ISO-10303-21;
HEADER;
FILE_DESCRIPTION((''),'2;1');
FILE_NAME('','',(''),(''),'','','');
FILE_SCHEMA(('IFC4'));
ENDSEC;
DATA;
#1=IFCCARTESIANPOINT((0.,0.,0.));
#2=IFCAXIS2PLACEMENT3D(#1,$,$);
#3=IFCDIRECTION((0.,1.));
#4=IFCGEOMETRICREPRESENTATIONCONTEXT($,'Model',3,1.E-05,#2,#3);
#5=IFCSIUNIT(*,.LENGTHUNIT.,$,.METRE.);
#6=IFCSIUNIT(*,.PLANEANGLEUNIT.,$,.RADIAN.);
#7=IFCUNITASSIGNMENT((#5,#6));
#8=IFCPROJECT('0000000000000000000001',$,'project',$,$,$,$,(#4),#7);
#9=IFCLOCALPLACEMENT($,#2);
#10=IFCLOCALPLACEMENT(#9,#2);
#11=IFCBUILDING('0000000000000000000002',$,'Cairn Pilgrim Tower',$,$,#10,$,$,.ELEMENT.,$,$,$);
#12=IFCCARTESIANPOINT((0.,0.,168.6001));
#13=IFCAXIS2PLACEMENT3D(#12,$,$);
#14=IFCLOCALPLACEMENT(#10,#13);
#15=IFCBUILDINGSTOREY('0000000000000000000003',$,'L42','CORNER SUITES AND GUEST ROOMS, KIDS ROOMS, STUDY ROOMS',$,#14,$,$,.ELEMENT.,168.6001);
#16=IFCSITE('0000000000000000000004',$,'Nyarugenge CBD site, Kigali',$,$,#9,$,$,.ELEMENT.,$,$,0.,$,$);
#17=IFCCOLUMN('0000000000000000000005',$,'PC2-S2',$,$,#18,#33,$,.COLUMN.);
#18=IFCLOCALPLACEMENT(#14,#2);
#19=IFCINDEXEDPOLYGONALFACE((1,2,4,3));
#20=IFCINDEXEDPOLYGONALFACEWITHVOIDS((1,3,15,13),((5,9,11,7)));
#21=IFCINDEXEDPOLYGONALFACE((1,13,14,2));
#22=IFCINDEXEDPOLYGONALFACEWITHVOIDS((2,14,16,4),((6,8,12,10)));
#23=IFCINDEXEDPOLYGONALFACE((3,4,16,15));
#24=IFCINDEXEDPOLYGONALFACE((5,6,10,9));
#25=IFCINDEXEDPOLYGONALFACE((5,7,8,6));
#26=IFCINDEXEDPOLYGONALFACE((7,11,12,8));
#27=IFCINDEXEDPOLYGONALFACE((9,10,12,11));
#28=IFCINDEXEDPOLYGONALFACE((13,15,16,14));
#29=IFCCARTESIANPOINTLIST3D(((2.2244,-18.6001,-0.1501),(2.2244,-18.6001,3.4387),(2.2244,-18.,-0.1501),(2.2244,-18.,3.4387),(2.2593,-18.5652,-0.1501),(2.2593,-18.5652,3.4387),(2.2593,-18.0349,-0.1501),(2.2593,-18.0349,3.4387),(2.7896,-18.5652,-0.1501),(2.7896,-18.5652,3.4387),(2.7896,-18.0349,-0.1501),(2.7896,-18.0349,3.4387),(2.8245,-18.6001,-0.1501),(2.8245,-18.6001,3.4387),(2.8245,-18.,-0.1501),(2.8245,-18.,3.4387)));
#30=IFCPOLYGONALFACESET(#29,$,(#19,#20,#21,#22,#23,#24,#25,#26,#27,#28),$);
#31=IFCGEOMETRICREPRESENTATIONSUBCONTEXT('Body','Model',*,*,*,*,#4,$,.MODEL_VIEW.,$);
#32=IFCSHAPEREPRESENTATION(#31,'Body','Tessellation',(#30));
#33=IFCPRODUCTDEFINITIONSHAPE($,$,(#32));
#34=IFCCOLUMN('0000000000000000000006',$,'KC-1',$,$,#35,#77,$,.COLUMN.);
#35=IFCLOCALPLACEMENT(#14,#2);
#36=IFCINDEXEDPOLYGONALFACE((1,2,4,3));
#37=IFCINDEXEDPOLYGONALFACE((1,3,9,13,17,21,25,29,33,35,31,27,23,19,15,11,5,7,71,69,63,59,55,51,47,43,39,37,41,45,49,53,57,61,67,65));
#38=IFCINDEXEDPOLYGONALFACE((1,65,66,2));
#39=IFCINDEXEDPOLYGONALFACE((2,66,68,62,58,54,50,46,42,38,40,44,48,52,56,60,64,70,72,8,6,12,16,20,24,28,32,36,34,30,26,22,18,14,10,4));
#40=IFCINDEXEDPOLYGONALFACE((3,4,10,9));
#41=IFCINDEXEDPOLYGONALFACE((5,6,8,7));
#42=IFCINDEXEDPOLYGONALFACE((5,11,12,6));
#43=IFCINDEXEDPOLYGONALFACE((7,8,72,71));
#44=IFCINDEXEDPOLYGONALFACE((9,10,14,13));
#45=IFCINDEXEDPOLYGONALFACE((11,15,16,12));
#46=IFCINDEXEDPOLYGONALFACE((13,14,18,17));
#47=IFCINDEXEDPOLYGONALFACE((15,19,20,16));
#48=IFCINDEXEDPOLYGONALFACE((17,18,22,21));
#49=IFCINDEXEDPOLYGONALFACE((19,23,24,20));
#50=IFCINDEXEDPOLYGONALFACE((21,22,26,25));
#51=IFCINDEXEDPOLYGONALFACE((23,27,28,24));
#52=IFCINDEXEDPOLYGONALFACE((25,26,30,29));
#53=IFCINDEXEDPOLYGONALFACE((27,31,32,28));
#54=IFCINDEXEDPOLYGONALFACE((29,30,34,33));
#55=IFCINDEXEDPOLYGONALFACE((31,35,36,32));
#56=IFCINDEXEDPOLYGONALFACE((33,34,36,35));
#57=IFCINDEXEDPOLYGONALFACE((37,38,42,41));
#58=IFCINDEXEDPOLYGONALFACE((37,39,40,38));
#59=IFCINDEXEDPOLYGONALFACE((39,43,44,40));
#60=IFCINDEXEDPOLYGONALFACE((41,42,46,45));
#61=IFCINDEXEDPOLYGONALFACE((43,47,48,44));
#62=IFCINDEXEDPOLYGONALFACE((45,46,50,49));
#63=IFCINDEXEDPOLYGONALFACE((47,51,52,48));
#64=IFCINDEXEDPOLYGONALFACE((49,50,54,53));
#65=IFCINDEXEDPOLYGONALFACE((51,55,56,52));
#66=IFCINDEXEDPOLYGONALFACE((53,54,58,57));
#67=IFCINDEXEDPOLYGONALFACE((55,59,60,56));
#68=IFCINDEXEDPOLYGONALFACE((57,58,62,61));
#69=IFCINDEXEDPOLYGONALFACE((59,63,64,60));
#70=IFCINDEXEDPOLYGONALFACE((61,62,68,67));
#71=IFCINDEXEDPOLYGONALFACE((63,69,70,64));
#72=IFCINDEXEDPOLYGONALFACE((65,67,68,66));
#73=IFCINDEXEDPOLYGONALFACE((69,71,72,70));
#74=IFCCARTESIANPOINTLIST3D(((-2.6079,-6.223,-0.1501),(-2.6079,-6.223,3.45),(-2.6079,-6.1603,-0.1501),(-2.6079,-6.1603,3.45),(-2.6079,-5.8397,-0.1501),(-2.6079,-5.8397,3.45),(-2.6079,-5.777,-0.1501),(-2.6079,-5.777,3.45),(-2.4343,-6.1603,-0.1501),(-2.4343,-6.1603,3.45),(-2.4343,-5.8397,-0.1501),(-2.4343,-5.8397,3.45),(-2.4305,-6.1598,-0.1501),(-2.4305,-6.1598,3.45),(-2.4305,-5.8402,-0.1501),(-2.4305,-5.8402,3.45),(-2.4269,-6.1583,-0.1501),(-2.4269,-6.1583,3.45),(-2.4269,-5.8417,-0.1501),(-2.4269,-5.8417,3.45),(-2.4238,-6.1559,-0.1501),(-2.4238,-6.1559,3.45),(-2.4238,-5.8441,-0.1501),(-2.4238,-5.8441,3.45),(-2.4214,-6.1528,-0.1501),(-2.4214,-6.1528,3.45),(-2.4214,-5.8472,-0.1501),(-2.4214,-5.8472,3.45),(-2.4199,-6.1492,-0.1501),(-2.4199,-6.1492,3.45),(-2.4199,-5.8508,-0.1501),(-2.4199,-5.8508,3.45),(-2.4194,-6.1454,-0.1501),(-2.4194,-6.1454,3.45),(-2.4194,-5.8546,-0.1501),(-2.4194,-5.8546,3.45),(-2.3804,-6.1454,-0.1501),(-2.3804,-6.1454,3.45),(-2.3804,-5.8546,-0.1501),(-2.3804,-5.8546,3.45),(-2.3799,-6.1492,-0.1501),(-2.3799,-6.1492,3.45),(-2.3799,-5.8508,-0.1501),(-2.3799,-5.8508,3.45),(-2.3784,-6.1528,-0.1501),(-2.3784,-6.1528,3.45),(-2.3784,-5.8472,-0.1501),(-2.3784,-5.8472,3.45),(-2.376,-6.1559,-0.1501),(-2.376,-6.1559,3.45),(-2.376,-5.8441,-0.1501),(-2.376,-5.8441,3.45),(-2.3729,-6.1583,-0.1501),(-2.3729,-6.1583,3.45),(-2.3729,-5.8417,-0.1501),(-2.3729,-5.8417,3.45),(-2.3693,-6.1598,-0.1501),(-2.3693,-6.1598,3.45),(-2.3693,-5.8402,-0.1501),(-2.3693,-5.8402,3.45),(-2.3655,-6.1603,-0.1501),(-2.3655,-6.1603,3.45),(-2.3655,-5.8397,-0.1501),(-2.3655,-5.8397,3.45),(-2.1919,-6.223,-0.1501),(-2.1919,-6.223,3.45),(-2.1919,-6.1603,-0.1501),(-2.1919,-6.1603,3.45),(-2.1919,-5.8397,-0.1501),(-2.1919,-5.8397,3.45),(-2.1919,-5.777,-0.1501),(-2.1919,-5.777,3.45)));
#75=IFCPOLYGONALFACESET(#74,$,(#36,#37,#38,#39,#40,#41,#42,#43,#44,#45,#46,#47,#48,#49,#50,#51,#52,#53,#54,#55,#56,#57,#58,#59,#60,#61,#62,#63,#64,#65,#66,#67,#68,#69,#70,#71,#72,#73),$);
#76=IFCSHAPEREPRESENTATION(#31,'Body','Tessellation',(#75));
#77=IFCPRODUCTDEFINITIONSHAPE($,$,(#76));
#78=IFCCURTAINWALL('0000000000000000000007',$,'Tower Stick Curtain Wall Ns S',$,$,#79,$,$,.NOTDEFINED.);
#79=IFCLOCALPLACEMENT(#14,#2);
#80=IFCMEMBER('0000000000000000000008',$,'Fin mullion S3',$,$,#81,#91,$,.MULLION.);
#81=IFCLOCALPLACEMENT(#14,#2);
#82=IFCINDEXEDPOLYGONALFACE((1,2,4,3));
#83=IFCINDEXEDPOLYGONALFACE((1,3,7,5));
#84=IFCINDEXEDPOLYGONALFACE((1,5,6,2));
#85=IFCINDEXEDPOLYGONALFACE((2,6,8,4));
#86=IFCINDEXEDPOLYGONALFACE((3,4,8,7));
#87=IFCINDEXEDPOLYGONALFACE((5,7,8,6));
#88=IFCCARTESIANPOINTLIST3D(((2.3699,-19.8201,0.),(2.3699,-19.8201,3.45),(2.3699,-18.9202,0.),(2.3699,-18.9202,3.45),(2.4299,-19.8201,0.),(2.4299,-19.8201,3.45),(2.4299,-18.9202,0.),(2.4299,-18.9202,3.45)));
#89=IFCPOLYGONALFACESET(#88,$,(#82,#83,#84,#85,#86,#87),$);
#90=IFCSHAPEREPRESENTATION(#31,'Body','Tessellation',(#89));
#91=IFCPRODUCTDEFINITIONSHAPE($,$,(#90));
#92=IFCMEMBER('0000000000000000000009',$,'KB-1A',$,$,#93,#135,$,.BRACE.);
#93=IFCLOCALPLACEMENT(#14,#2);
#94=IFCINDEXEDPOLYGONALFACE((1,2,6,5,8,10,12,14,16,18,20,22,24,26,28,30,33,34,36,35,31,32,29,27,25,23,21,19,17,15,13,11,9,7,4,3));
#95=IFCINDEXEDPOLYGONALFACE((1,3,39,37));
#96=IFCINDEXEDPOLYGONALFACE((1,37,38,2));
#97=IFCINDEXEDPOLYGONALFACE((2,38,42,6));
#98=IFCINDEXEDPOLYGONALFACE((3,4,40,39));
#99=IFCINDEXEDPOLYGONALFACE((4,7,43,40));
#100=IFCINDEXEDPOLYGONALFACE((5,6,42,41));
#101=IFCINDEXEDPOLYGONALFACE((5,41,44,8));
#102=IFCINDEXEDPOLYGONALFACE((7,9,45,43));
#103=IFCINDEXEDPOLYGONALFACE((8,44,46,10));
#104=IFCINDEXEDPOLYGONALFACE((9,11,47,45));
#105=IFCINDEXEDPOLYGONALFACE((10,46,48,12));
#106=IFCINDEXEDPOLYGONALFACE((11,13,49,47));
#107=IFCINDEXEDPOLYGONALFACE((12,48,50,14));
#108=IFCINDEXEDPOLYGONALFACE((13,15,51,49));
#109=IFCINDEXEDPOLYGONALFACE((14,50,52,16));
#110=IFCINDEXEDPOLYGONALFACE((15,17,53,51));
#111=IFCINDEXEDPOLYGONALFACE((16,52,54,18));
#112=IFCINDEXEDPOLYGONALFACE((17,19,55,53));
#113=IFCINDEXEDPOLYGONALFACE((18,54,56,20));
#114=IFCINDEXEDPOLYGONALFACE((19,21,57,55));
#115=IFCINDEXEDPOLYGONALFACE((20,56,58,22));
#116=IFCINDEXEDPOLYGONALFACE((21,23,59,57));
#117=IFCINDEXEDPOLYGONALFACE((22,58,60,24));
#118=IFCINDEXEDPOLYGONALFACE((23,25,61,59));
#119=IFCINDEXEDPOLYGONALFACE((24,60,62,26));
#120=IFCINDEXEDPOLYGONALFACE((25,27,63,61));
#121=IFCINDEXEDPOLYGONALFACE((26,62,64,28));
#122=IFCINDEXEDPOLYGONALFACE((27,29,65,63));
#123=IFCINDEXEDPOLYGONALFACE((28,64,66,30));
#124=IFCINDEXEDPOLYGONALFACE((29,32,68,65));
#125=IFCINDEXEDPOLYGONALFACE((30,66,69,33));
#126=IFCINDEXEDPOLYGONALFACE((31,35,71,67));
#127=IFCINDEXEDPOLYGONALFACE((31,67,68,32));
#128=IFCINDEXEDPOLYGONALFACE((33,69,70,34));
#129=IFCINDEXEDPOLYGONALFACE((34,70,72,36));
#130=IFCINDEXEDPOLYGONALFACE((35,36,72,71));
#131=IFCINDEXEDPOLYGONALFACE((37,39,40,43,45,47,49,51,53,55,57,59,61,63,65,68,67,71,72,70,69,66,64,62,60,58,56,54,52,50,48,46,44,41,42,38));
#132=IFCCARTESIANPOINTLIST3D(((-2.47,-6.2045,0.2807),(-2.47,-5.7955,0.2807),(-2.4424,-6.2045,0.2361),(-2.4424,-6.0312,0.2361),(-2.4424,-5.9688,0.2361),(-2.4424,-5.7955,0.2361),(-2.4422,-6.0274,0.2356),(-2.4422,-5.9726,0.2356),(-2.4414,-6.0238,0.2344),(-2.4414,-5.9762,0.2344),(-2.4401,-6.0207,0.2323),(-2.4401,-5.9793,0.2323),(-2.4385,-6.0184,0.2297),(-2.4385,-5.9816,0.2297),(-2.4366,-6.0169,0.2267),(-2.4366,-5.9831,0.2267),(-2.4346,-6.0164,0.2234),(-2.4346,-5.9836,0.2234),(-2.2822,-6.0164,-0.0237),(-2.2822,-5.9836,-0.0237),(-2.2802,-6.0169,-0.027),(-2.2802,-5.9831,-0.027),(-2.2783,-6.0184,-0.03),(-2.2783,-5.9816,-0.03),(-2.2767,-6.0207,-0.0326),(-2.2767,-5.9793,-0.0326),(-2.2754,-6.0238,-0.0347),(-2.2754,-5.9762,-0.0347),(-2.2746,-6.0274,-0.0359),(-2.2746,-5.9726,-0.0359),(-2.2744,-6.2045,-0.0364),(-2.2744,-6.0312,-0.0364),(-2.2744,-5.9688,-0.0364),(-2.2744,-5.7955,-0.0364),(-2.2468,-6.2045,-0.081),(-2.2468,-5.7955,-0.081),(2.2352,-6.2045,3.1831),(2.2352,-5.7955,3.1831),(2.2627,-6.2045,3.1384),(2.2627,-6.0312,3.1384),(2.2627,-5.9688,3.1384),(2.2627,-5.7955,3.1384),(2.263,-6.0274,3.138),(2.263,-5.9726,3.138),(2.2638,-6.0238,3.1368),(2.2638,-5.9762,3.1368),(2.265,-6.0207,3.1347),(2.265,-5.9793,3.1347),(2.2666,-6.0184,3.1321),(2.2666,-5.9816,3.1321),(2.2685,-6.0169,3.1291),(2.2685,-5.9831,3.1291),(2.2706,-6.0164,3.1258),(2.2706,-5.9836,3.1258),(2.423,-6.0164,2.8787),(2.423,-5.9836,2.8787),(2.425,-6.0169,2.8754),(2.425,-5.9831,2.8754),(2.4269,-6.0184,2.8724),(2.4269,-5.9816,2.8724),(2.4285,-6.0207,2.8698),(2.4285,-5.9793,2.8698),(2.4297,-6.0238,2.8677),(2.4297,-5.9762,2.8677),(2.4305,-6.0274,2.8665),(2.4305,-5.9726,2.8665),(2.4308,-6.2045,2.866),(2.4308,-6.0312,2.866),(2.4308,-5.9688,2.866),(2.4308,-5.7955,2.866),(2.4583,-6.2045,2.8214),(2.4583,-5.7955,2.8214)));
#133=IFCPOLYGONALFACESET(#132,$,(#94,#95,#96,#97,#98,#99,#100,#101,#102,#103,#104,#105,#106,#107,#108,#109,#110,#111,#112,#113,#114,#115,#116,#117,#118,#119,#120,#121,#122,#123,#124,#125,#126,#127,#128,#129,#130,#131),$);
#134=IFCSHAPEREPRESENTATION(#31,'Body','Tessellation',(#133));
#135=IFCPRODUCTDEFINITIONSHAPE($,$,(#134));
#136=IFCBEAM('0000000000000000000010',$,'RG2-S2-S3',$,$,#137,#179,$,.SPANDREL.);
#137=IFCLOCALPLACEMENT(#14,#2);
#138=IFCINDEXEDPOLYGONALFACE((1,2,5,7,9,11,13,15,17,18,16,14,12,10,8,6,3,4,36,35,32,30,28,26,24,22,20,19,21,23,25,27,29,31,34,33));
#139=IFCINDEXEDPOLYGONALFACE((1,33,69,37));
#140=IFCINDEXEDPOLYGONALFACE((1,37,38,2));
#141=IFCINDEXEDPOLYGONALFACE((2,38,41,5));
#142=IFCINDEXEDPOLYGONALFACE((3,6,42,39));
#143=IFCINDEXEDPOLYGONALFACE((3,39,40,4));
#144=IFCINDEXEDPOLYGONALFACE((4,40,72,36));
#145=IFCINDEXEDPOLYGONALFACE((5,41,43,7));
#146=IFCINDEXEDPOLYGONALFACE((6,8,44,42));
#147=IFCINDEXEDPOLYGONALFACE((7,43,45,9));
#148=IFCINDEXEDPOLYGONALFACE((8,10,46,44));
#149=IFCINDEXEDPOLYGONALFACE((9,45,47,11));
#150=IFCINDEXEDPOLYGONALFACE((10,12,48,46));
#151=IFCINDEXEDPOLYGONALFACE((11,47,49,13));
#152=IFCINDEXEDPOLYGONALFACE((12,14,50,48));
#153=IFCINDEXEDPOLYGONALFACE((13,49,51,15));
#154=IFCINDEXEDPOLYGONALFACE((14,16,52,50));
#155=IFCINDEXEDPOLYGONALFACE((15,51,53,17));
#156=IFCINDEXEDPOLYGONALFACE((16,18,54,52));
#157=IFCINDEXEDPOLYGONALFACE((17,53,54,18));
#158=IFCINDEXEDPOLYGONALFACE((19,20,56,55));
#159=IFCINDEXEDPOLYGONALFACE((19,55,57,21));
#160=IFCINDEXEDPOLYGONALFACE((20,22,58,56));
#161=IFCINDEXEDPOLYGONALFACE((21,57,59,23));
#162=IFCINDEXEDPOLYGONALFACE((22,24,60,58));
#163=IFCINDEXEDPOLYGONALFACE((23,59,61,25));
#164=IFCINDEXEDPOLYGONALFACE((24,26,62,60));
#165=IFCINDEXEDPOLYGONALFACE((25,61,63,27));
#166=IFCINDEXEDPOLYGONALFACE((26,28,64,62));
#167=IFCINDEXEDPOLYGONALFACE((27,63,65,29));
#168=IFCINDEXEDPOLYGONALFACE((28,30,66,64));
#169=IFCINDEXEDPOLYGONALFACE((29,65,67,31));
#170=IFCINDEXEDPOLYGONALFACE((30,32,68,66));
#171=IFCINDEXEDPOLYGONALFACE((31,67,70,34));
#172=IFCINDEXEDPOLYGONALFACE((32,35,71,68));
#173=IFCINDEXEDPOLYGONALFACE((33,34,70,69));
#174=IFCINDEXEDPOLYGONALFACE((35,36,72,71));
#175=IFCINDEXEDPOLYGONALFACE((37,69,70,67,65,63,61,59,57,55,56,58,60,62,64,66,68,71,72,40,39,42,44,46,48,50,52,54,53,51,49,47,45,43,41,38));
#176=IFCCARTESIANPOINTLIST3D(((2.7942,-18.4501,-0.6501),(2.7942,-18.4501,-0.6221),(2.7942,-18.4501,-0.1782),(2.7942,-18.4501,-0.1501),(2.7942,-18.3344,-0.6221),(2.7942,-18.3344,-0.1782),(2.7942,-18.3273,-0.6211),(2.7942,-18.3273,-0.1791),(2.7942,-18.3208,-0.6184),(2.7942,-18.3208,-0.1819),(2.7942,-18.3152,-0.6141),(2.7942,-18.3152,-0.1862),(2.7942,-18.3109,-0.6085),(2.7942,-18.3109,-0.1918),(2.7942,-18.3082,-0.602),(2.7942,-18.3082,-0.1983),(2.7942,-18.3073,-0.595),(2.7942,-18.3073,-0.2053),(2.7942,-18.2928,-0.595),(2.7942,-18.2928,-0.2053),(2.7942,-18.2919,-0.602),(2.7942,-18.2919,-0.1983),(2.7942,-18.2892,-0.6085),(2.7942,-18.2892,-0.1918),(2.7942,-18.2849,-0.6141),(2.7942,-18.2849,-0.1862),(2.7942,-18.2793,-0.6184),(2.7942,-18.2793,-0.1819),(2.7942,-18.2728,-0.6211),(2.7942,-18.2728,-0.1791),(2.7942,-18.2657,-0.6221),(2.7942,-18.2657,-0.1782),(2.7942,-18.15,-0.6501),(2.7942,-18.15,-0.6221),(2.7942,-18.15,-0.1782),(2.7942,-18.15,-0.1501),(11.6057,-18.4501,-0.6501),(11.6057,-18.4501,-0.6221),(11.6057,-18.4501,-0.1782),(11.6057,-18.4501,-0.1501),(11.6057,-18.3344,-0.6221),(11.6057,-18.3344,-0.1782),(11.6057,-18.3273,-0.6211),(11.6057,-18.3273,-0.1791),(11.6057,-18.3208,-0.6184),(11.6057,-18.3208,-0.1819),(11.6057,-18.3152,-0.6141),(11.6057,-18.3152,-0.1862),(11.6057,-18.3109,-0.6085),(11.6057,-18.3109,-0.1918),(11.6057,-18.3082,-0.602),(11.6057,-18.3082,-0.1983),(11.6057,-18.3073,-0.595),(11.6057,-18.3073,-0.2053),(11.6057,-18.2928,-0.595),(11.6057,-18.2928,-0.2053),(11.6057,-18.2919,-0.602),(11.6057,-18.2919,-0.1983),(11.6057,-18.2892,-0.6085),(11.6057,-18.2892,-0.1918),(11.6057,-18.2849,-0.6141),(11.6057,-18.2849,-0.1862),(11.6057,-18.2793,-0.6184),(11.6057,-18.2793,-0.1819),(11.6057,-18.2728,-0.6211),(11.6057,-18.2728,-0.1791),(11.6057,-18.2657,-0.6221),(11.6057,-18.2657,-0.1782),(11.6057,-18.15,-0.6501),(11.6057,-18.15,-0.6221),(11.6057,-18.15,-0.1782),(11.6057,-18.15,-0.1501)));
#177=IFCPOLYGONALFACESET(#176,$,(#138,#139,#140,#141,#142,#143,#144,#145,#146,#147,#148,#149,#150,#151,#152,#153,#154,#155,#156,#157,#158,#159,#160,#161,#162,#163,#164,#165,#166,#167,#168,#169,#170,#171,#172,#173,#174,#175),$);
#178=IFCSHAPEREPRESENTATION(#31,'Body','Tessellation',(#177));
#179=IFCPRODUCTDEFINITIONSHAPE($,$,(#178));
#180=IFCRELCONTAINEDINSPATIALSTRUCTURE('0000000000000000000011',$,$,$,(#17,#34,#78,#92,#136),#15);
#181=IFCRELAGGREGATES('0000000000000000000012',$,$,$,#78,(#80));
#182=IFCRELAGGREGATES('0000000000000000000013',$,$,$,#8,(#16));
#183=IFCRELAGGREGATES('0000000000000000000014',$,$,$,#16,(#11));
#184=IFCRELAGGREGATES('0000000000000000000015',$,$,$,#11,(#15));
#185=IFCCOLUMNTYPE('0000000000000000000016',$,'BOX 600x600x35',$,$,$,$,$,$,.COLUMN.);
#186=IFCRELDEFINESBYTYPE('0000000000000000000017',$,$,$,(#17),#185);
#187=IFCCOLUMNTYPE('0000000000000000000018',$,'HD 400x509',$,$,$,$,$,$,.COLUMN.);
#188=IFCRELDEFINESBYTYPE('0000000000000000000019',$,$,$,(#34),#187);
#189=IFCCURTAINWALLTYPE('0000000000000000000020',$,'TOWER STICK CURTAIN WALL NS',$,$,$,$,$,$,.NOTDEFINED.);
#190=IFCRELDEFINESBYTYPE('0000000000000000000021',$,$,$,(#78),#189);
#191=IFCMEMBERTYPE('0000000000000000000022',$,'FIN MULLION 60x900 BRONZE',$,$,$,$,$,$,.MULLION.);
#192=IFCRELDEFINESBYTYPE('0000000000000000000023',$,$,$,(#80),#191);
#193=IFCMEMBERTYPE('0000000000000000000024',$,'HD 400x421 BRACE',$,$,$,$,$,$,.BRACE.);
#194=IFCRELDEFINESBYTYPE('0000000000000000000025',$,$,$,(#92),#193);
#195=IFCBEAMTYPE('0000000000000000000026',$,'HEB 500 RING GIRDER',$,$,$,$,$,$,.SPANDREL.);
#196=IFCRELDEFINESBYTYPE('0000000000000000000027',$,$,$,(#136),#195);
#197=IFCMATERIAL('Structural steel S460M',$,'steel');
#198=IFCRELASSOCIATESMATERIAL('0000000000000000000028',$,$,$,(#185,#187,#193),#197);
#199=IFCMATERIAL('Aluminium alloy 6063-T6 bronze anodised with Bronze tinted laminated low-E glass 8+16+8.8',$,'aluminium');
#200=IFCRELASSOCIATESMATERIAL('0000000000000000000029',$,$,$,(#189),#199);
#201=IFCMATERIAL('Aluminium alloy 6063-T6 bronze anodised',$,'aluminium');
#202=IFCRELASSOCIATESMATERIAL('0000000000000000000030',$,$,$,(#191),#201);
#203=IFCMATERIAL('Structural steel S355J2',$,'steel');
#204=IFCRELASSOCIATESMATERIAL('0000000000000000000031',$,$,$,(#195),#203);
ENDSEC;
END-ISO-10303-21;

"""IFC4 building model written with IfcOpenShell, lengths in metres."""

from ifc_helpers import new_model, si_unit, direction, frame, origin, origin_2d, place, context, subcontext, project, spatial, rectangle, hollow_rectangle, i_section, extrude, clip, halfspace, material, material_profile, profile_set, type_object, element, aggregate, save


model = new_model("IFC4")

# Units and contexts
model_context = context("Model", 3, precision=1e-05, world=origin(), true_north=direction((0.0, 1.0)))
body_context = subcontext(model_context, "Body", "Model", "MODEL_VIEW")
ifc_project = project(units=[si_unit("LENGTHUNIT", "METRE"), si_unit("PLANEANGLEUNIT", "RADIAN")], contexts=[model_context])

# Site, building, storey
site_placement = place(None, origin())
site = spatial("IfcSite", under=ifc_project, at=site_placement, Name="Nyarugenge CBD site, Kigali", CompositionType="ELEMENT", RefElevation=0.0)
building_placement = place(site_placement, origin())
building = spatial("IfcBuilding", under=site, at=building_placement, Name="Cairn Pilgrim Tower", CompositionType="ELEMENT")
storey_placement = place(building_placement, frame((0.0, 0.0, 168.6001)))
storey = spatial("IfcBuildingStorey", under=building, at=storey_placement, Name="L42", Description="CORNER SUITES AND GUEST ROOMS, KIDS ROOMS, STUDY ROOMS", CompositionType="ELEMENT", Elevation=168.6001)

# Columns
ifc_material_1 = material(Name="Structural steel S460M", Category="steel")
ifc_material_profile_1 = material_profile(ifc_material_1, hollow_rectangle(XDim=0.6001, YDim=0.6001, WallThickness=0.0349, at=origin_2d()), Name="BOX 600x600x35")
ifc_profile_set_1 = profile_set([ifc_material_profile_1], Name="Structural steel S460M")
column_type_1 = type_object("IfcColumnType", Name="BOX 600x600x35", PredefinedType="COLUMN", material=ifc_profile_set_1)
column_1_placement = place(storey_placement, frame((2.5244, -18.3, -0.1501), z_axis=(0.0, 0.0, 1.0), x_axis=(1.0, 0.0, 0.0)))
element("IfcColumn", 1, at=column_1_placement, inside=storey, type_object=column_type_1, Name="PC2-S2", PredefinedType="COLUMN", context=body_context, shape_type="Clipping", body=[
    clip(extrude(hollow_rectangle(XDim=0.6001, YDim=0.6001, WallThickness=0.0349, at=origin_2d()), origin(), (0.0, 0.0, 1.0), 3.6001), halfspace(frame((0.0, 0.0, 3.5889), z_axis=(0.0, 0.0, 1.0), x_axis=(1.0, 0.0, 0.0)), False)),
])
ifc_material_profile_2 = material_profile(ifc_material_1, i_section(OverallWidth=0.416, OverallDepth=0.446, WebThickness=0.0391, FlangeThickness=0.0627, FilletRadius=0.0149, at=origin_2d()), Name="HD 400x509")
ifc_profile_set_2 = profile_set([ifc_material_profile_2], Name="Structural steel S460M")
column_type_2 = type_object("IfcColumnType", Name="HD 400x509", PredefinedType="COLUMN", material=ifc_profile_set_2)
column_2_placement = place(storey_placement, frame((-2.3999, -6.0, -0.1501), z_axis=(0.0, 0.0, 1.0), x_axis=(1.0, 0.0, 0.0)))
element("IfcColumn", 2, at=column_2_placement, inside=storey, type_object=column_type_2, Name="KC-1", PredefinedType="COLUMN", context=body_context, shape_type="SweptSolid", body=[
    extrude(i_section(OverallWidth=0.416, OverallDepth=0.446, WebThickness=0.0391, FlangeThickness=0.0627, FilletRadius=0.0149, at=origin_2d()), origin(), (0.0, 0.0, 1.0), 3.6001),
])

# Curtain wall, member
ifc_material_2 = material(Name="Aluminium alloy 6063-T6 bronze anodised with Bronze tinted laminated low-E glass 8+16+8.8", Category="aluminium")
curtain_wall_type = type_object("IfcCurtainWallType", Name="TOWER STICK CURTAIN WALL NS", PredefinedType="NOTDEFINED", material=ifc_material_2)
curtain_wall_placement = place(storey_placement, origin())
curtain_wall = element("IfcCurtainWall", 3, at=curtain_wall_placement, inside=storey, type_object=curtain_wall_type, Name="Tower Stick Curtain Wall Ns S", PredefinedType="NOTDEFINED")
ifc_material_3 = material(Name="Aluminium alloy 6063-T6 bronze anodised", Category="aluminium")
ifc_material_profile_3 = material_profile(ifc_material_3, rectangle(XDim=0.8999, YDim=0.0601, at=origin_2d()), Name="FIN MULLION 60x900 BRONZE")
ifc_profile_set_3 = profile_set([ifc_material_profile_3], Name="Aluminium alloy 6063-T6 bronze anodised")
member_type_1 = type_object("IfcMemberType", Name="FIN MULLION 60x900 BRONZE", PredefinedType="MULLION", material=ifc_profile_set_3)
member_1_placement = place(storey_placement, frame((2.3999, -19.3701, 0.0), z_axis=(0.0, 0.0, 1.0), x_axis=(0.0, -1.0, 0.0)))
member_1 = element("IfcMember", 4, at=member_1_placement, type_object=member_type_1, Name="Fin mullion S3", PredefinedType="MULLION", context=body_context, shape_type="SweptSolid", body=[
    extrude(rectangle(XDim=0.8999, YDim=0.0601, at=origin_2d()), origin(), (0.0, 0.0, 1.0), 3.45),
])

# Member
ifc_material_profile_4 = material_profile(ifc_material_1, i_section(OverallWidth=0.4089, OverallDepth=0.425, WebThickness=0.0327, FlangeThickness=0.0525, FilletRadius=0.0149, at=origin_2d()), Name="HD 400x421")
ifc_profile_set_4 = profile_set([ifc_material_profile_4], Name="Structural steel S460M")
member_type_2 = type_object("IfcMemberType", Name="HD 400x421 BRACE", PredefinedType="BRACE", material=ifc_profile_set_4)
member_2_placement = place(storey_placement, frame((-2.3584, -6.0, 0.0999), z_axis=(0.8511, 0.0, 0.525004), x_axis=(0.0, 1.0, 0.0)))
element("IfcMember", 5, at=member_2_placement, inside=storey, type_object=member_type_2, Name="KB-1A", PredefinedType="BRACE", context=body_context, shape_type="SweptSolid", body=[
    extrude(i_section(OverallWidth=0.4089, OverallDepth=0.425, WebThickness=0.0327, FlangeThickness=0.0525, FilletRadius=0.0149, at=origin_2d()), origin(), (0.0, 0.0, 1.0), 5.5283),
])

# Beam
ifc_material_4 = material(Name="Structural steel S355J2", Category="steel")
ifc_material_profile_5 = material_profile(ifc_material_4, i_section(OverallWidth=0.3, OverallDepth=0.5, WebThickness=0.0144, FlangeThickness=0.0281, FilletRadius=0.0271, at=origin_2d()), Name="HEB 500")
ifc_profile_set_5 = profile_set([ifc_material_profile_5], Name="Structural steel S355J2")
beam_type = type_object("IfcBeamType", Name="HEB 500 RING GIRDER", PredefinedType="SPANDREL", material=ifc_profile_set_5)
beam_placement = place(storey_placement, frame((2.7942, -18.3, -0.4001), z_axis=(1.0, 0.0, 0.0), x_axis=(0.0, 1.0, 0.0)))
element("IfcBeam", 6, at=beam_placement, inside=storey, type_object=beam_type, Name="RG2-S2-S3", PredefinedType="SPANDREL", context=body_context, shape_type="SweptSolid", body=[
    extrude(i_section(OverallWidth=0.3, OverallDepth=0.5, WebThickness=0.0144, FlangeThickness=0.0281, FilletRadius=0.0271, at=origin_2d()), origin(), (0.0, 0.0, 1.0), 8.8115),
])

aggregate(curtain_wall, [member_1])

save(model, "model.ifc")
